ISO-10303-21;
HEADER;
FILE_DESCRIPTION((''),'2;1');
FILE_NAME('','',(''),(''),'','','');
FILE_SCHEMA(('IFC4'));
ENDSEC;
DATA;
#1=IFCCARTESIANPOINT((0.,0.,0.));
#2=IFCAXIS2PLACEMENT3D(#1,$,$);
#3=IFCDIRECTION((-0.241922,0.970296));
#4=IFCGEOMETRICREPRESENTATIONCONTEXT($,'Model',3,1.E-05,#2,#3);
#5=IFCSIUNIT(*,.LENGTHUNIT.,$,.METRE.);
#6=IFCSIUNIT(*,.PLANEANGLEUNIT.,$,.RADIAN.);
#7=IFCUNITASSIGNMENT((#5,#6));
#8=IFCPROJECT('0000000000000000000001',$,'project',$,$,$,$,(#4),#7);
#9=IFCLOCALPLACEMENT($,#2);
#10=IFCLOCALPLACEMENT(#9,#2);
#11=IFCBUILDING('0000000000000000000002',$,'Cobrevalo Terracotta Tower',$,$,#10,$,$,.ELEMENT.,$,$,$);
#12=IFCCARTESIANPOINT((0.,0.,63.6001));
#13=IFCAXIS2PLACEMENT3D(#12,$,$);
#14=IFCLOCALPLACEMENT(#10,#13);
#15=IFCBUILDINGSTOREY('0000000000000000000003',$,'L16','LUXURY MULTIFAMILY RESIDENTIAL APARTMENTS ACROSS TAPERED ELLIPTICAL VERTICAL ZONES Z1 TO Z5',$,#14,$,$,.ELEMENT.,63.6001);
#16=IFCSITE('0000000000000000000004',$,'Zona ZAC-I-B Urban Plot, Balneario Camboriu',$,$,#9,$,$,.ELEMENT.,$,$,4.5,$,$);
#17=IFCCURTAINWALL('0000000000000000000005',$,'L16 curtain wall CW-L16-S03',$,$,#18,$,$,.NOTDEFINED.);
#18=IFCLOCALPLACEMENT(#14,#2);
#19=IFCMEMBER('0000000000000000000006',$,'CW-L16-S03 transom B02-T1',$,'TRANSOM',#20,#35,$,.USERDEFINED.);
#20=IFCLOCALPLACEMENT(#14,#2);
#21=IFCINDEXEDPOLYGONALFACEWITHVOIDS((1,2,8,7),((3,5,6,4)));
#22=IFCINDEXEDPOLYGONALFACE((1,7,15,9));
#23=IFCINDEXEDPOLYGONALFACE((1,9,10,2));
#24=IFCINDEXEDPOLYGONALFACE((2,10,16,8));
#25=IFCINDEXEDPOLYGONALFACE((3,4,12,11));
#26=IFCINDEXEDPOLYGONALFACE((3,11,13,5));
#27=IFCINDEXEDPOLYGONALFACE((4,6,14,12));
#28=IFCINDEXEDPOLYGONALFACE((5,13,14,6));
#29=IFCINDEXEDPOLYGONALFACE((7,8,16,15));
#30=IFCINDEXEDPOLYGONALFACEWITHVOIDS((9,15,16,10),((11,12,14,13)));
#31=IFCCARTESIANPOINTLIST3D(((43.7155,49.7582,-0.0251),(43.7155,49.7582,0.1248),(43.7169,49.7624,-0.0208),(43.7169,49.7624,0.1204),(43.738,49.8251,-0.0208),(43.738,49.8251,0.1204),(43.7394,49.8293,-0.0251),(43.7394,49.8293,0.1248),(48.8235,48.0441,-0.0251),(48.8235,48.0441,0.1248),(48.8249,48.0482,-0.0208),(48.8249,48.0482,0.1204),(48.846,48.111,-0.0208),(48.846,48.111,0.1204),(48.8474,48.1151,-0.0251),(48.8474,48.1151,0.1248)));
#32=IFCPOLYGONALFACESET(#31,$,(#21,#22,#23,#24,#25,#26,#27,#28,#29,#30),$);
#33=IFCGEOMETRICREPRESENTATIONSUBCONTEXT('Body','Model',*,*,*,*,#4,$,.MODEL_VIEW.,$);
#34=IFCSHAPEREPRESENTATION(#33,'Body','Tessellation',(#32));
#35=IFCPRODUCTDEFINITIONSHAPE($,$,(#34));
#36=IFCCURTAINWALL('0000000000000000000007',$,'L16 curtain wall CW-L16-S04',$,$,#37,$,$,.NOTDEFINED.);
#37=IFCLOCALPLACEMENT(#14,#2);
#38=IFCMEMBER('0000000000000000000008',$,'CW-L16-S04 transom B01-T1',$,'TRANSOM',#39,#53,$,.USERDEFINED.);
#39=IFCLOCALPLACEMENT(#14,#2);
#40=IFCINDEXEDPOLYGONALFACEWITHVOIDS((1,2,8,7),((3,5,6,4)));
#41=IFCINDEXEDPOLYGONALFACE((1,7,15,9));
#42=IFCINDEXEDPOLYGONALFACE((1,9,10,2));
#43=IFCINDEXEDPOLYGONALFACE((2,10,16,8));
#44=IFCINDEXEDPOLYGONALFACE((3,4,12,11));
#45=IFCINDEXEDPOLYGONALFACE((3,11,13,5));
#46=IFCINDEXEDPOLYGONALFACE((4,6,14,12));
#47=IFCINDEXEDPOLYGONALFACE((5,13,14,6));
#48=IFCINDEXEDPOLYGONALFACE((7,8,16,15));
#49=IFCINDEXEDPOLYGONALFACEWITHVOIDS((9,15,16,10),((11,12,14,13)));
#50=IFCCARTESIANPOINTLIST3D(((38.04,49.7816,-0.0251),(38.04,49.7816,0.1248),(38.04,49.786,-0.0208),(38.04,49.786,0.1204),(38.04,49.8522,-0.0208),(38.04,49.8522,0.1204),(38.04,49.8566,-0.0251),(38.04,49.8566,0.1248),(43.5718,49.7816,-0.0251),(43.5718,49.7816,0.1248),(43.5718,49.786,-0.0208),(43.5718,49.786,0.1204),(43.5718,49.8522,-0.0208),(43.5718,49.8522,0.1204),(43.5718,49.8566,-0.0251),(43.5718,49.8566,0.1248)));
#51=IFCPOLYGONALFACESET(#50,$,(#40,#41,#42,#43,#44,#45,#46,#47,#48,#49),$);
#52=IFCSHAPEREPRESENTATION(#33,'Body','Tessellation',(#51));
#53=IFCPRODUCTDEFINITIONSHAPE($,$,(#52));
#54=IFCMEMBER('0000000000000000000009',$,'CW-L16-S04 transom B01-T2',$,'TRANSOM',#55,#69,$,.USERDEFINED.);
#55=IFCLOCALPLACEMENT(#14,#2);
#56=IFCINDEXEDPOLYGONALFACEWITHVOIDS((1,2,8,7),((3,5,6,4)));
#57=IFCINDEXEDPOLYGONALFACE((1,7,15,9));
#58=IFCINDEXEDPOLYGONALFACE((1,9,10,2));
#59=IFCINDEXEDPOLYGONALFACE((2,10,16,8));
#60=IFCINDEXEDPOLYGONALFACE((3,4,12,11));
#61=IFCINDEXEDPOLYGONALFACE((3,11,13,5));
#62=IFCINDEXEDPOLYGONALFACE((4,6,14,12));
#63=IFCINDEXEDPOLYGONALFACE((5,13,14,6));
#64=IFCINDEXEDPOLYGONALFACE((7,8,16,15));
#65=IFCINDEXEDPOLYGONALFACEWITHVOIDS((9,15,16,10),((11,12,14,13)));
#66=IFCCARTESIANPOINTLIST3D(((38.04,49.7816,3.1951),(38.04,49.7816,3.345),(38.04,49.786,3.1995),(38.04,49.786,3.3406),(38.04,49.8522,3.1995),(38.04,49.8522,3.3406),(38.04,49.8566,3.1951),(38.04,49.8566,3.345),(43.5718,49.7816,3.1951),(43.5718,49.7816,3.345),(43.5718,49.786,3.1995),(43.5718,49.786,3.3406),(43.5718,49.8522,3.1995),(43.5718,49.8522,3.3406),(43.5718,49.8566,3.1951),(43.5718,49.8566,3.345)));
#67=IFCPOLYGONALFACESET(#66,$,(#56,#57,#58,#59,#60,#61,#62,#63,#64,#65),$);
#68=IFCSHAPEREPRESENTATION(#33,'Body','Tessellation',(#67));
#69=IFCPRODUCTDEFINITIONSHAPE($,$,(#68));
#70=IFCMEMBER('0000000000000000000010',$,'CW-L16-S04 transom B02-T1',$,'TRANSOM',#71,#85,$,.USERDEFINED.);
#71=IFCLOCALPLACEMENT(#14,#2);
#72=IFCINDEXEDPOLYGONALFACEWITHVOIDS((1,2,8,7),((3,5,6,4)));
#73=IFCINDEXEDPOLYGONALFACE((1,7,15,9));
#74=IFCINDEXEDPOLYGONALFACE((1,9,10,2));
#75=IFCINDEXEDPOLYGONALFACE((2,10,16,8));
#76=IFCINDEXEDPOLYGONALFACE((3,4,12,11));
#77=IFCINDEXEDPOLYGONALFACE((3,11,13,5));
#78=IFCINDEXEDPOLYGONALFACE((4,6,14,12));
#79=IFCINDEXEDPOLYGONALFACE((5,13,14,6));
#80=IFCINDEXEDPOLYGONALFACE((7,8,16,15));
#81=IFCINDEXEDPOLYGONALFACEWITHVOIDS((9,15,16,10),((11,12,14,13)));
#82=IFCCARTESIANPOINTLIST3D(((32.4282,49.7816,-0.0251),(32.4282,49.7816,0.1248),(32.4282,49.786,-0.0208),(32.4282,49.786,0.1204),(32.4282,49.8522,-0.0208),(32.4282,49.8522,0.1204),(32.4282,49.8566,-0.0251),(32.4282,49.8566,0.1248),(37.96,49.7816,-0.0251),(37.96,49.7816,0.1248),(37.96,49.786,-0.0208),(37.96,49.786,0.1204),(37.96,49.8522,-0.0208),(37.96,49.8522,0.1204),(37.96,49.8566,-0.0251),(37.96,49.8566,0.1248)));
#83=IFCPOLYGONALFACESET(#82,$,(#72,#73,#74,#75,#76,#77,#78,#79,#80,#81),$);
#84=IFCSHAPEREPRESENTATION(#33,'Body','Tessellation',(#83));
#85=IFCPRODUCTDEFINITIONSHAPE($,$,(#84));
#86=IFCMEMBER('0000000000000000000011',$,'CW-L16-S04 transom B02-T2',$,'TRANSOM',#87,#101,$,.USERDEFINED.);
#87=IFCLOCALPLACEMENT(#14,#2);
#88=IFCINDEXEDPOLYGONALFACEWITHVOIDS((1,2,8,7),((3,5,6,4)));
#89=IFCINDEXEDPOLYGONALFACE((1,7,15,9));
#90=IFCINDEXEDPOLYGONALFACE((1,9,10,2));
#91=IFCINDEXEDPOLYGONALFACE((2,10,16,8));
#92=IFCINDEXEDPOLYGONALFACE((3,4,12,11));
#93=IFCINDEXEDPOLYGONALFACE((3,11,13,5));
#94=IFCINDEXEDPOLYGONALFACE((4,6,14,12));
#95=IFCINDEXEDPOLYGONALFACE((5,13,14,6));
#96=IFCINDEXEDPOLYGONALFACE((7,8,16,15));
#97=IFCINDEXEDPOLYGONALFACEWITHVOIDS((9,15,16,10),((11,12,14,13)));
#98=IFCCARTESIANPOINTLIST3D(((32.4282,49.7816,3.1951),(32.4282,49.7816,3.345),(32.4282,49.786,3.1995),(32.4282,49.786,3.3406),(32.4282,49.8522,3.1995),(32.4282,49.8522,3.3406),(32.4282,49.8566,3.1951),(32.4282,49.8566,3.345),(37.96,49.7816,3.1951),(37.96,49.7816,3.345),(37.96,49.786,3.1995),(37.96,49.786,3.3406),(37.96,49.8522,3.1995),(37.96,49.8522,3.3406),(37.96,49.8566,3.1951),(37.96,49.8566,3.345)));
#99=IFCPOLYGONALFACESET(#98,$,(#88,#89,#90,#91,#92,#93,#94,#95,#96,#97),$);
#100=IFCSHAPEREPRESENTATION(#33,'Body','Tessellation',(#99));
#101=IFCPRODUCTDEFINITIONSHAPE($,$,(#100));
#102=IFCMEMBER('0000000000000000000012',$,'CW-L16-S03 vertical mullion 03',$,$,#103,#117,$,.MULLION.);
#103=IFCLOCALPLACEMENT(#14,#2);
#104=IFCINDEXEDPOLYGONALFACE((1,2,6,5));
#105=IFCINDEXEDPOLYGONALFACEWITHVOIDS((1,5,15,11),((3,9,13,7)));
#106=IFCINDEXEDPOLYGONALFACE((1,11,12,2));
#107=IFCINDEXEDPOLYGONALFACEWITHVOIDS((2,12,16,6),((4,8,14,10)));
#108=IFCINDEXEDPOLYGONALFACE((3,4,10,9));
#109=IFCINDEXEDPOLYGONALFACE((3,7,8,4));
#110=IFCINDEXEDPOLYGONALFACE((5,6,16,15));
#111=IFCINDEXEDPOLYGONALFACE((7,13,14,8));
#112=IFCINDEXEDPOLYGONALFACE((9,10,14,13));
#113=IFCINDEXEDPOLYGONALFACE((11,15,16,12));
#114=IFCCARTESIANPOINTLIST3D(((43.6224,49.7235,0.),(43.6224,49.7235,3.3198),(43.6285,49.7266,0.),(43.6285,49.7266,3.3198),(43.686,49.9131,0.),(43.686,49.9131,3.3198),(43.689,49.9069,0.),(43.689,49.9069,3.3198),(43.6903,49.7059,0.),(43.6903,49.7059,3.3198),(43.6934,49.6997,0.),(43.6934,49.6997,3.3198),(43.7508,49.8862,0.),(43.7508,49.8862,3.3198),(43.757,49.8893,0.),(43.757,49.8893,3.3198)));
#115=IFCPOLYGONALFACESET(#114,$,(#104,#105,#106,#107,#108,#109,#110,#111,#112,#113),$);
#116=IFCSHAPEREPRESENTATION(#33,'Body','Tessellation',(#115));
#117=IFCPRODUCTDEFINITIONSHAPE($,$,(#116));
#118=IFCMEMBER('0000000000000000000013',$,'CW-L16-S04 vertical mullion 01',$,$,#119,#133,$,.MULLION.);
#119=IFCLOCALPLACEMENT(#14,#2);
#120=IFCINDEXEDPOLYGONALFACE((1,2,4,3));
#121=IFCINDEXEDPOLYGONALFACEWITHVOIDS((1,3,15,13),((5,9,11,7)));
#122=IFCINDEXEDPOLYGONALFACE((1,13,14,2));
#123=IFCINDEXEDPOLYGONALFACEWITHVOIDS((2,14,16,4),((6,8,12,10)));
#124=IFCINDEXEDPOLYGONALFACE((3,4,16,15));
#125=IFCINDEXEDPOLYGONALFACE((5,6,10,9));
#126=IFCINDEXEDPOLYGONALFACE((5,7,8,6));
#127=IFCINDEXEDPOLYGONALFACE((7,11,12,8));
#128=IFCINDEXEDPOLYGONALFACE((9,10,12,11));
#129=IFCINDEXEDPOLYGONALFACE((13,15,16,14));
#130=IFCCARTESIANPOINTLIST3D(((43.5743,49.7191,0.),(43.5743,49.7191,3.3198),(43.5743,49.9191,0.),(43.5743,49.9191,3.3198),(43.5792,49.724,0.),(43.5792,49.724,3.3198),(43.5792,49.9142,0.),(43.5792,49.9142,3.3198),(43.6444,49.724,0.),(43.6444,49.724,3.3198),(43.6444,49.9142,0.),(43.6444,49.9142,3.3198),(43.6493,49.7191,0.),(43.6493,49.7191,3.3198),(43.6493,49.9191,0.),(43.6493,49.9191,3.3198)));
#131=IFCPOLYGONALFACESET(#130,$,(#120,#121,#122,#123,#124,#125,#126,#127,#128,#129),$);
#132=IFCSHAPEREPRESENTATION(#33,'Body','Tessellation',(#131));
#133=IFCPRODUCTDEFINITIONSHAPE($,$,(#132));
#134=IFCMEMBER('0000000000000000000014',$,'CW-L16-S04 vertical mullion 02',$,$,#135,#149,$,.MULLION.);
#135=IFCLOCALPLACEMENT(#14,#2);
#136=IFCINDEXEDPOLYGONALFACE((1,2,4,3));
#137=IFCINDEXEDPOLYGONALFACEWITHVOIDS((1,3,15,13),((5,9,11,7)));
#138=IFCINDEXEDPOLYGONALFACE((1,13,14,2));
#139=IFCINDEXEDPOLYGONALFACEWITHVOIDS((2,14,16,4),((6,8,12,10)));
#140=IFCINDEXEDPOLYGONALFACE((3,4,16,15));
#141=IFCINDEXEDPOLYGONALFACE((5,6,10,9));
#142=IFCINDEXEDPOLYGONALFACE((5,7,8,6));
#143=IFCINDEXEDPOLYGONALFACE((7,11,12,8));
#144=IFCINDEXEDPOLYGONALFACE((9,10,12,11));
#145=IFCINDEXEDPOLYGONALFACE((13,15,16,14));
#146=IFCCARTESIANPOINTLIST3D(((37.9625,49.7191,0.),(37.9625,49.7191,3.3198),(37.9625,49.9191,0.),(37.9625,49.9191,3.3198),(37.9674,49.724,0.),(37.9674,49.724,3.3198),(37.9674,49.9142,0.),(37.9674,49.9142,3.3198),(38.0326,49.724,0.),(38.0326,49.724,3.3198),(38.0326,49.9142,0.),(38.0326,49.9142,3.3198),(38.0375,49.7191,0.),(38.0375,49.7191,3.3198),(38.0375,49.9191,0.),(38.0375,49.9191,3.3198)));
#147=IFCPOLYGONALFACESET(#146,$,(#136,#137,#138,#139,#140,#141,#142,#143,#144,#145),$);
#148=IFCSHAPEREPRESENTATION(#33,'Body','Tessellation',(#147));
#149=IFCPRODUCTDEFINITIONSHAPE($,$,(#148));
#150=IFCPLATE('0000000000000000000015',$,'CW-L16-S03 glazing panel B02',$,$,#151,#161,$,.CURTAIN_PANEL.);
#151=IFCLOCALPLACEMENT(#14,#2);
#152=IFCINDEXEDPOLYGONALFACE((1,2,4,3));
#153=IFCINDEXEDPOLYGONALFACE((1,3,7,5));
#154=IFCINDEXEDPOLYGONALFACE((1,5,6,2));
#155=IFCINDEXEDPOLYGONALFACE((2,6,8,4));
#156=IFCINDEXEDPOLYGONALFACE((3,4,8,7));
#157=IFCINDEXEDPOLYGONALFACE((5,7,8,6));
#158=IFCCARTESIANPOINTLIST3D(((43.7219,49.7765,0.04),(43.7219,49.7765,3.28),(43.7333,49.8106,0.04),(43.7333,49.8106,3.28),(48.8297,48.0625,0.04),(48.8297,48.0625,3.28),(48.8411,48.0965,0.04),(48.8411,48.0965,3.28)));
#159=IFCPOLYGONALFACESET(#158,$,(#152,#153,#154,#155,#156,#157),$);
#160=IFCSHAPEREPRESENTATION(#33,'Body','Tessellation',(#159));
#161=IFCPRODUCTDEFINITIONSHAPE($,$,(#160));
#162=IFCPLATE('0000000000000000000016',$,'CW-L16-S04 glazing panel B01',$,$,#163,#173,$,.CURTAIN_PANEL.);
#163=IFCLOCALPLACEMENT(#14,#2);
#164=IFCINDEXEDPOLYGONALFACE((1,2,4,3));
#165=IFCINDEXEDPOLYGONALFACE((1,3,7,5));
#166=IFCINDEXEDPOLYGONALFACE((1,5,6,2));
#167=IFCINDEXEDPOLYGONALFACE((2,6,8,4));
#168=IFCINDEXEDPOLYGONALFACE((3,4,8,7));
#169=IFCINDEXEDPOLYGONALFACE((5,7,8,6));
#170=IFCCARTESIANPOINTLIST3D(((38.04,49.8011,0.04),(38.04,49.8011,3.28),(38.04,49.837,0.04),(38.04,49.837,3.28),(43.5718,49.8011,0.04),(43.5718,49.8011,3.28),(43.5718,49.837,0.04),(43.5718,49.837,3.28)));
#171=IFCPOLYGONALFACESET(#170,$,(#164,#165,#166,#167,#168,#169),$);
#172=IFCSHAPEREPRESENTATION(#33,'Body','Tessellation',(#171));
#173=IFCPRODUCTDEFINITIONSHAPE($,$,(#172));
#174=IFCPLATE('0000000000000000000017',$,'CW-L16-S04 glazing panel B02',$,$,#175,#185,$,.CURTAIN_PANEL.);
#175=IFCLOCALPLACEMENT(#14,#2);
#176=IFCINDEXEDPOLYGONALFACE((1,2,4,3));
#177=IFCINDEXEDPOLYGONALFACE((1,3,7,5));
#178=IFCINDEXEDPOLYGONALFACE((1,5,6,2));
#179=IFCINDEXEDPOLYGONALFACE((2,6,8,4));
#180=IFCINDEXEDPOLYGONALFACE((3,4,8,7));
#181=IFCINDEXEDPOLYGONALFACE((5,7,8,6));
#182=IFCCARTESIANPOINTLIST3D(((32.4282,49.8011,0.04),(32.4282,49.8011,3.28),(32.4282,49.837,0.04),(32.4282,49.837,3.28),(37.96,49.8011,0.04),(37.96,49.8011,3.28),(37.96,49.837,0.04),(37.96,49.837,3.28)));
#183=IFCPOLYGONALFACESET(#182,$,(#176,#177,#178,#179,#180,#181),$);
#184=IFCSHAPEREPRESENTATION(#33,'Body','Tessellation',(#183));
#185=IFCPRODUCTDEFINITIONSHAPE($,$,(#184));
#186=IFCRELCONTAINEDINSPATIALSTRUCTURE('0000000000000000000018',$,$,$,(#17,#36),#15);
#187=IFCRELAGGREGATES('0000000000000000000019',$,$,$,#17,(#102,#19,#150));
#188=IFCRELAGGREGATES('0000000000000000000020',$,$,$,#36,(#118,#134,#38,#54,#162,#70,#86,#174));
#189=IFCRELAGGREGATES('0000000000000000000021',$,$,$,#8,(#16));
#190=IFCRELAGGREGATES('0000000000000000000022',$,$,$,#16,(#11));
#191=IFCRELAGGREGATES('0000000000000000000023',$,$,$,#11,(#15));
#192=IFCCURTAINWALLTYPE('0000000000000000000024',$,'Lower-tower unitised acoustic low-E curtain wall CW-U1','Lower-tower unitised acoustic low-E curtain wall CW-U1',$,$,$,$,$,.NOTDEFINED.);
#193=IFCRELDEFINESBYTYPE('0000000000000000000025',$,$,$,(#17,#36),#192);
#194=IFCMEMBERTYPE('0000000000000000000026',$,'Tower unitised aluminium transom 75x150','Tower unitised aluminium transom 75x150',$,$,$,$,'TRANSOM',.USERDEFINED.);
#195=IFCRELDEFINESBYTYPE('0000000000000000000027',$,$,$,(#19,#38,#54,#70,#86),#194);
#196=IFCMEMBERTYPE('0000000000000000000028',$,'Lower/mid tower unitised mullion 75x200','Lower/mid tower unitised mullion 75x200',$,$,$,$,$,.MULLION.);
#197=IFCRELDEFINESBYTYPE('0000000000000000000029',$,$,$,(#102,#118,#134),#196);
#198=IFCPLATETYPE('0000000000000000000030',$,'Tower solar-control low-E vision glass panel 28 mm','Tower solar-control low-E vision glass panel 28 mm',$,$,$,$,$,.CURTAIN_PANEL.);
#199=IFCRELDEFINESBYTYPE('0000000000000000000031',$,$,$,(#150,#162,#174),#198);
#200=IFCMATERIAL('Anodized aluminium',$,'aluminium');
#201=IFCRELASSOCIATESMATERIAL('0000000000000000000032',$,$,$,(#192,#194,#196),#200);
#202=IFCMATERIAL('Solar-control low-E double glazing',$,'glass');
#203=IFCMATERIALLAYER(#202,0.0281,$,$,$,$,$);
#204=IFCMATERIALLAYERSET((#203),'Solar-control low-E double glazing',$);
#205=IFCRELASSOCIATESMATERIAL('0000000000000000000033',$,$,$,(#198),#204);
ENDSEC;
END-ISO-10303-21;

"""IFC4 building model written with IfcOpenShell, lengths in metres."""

from ifc_helpers import new_model, si_unit, direction, frame, origin, origin_2d, place, context, subcontext, project, spatial, rectangle, hollow_rectangle, extrude, source, transform, mapped, material, layer, layer_set, material_profile, profile_set, type_object, element, aggregate, save


model = new_model("IFC4")

# Units and contexts
model_context = context("Model", 3, precision=1e-05, world=origin(), true_north=direction((-0.241922, 0.970296)))
body_context = subcontext(model_context, "Body", "Model", "MODEL_VIEW")
ifc_project = project(units=[si_unit("LENGTHUNIT", "METRE"), si_unit("PLANEANGLEUNIT", "RADIAN")], contexts=[model_context])

# Site, building, storey
site_placement = place(None, origin())
site = spatial("IfcSite", under=ifc_project, at=site_placement, Name="Zona ZAC-I-B Urban Plot, Balneario Camboriu", CompositionType="ELEMENT", RefElevation=4.5)
building_placement = place(site_placement, origin())
building = spatial("IfcBuilding", under=site, at=building_placement, Name="Cobrevalo Terracotta Tower", CompositionType="ELEMENT")
storey_placement = place(building_placement, frame((0.0, 0.0, 63.6001)))
storey = spatial("IfcBuildingStorey", under=building, at=storey_placement, Name="L16", Description="LUXURY MULTIFAMILY RESIDENTIAL APARTMENTS ACROSS TAPERED ELLIPTICAL VERTICAL ZONES Z1 TO Z5", CompositionType="ELEMENT", Elevation=63.6001)

# Curtain wall, member
ifc_material_1 = material(Name="Anodized aluminium", Category="aluminium")
curtain_wall_type = type_object("IfcCurtainWallType", Name="Lower-tower unitised acoustic low-E curtain wall CW-U1", Description="Lower-tower unitised acoustic low-E curtain wall CW-U1", PredefinedType="NOTDEFINED", material=ifc_material_1)
curtain_wall_1_placement = place(storey_placement, origin())
curtain_wall_1 = element("IfcCurtainWall", 1, at=curtain_wall_1_placement, inside=storey, type_object=curtain_wall_type, Name="L16 curtain wall CW-L16-S03", PredefinedType="NOTDEFINED")
ifc_material_profile_1 = material_profile(ifc_material_1, hollow_rectangle(XDim=0.075, YDim=0.1499, WallThickness=0.0044, at=origin_2d()), Name="CWT 75x150")
ifc_profile_set_1 = profile_set([ifc_material_profile_1], Name="Anodized aluminium")
member_type_1 = type_object("IfcMemberType", Name="Tower unitised aluminium transom 75x150", Description="Tower unitised aluminium transom 75x150", ElementType="TRANSOM", PredefinedType="USERDEFINED", material=ifc_profile_set_1)
shared_shape_1 = source(origin(), body_context, "Body", "SweptSolid", [
    extrude(hollow_rectangle(XDim=0.075, YDim=0.1499, WallThickness=0.0044, at=origin_2d()), origin(), (0.0, 0.0, 1.0), 5.3879),
])
member_1_placement = place(storey_placement, frame((48.8354, 48.0796, 0.0498), z_axis=(-0.948042, 0.318144, 0.0), x_axis=(-0.318144, -0.948042, 0.0)))
member_1 = element("IfcMember", 2, at=member_1_placement, type_object=member_type_1, Name="CW-L16-S03 transom B02-T1", ObjectType="TRANSOM", PredefinedType="USERDEFINED", context=body_context, shape_type="MappedRepresentation", body=[
    mapped(shared_shape_1, transform((0.0, 0.0, 0.0), scale=1.0)),
])

# Curtain wall, members
curtain_wall_2_placement = place(storey_placement, origin())
curtain_wall_2 = element("IfcCurtainWall", 3, at=curtain_wall_2_placement, inside=storey, type_object=curtain_wall_type, Name="L16 curtain wall CW-L16-S04", PredefinedType="NOTDEFINED")
shared_shape_2 = source(origin(), body_context, "Body", "SweptSolid", [
    extrude(hollow_rectangle(XDim=0.075, YDim=0.1499, WallThickness=0.0044, at=origin_2d()), origin(), (0.0, 0.0, 1.0), 5.5317),
])
member_2_placement = place(storey_placement, frame((43.5718, 49.8191, 0.0498), z_axis=(-1.0, 0.0, 0.0), x_axis=(0.0, -1.0, 0.0)))
member_2 = element("IfcMember", 4, at=member_2_placement, type_object=member_type_1, Name="CW-L16-S04 transom B01-T1", ObjectType="TRANSOM", PredefinedType="USERDEFINED", context=body_context, shape_type="MappedRepresentation", body=[
    mapped(shared_shape_2, transform((0.0, 0.0, 0.0), scale=1.0)),
])
member_3_placement = place(storey_placement, frame((43.5718, 49.8191, 3.27), z_axis=(-1.0, 0.0, 0.0), x_axis=(0.0, -1.0, 0.0)))
member_3 = element("IfcMember", 5, at=member_3_placement, type_object=member_type_1, Name="CW-L16-S04 transom B01-T2", ObjectType="TRANSOM", PredefinedType="USERDEFINED", context=body_context, shape_type="MappedRepresentation", body=[
    mapped(shared_shape_2, transform((0.0, 0.0, 0.0), scale=1.0)),
])
member_4_placement = place(storey_placement, frame((37.96, 49.8191, 0.0498), z_axis=(-1.0, 0.0, 0.0), x_axis=(0.0, -1.0, 0.0)))
member_4 = element("IfcMember", 6, at=member_4_placement, type_object=member_type_1, Name="CW-L16-S04 transom B02-T1", ObjectType="TRANSOM", PredefinedType="USERDEFINED", context=body_context, shape_type="MappedRepresentation", body=[
    mapped(shared_shape_2, transform((0.0, 0.0, 0.0), scale=1.0)),
])
member_5_placement = place(storey_placement, frame((37.96, 49.8191, 3.27), z_axis=(-1.0, 0.0, 0.0), x_axis=(0.0, -1.0, 0.0)))
member_5 = element("IfcMember", 7, at=member_5_placement, type_object=member_type_1, Name="CW-L16-S04 transom B02-T2", ObjectType="TRANSOM", PredefinedType="USERDEFINED", context=body_context, shape_type="MappedRepresentation", body=[
    mapped(shared_shape_2, transform((0.0, 0.0, 0.0), scale=1.0)),
])

# Members
ifc_material_profile_2 = material_profile(ifc_material_1, hollow_rectangle(XDim=0.075, YDim=0.2, WallThickness=0.0049, at=origin_2d()), Name="CWM 75x200")
ifc_profile_set_2 = profile_set([ifc_material_profile_2], Name="Anodized aluminium")
member_type_2 = type_object("IfcMemberType", Name="Lower/mid tower unitised mullion 75x200", Description="Lower/mid tower unitised mullion 75x200", PredefinedType="MULLION", material=ifc_profile_set_2)
shared_shape_3 = source(origin(), body_context, "Body", "SweptSolid", [
    extrude(hollow_rectangle(XDim=0.075, YDim=0.2, WallThickness=0.0049, at=origin_2d()), origin(), (0.0, 0.0, 1.0), 3.3198),
])
member_6_placement = place(storey_placement, frame((43.6897, 49.8064, 0.0), z_axis=(0.0, 0.0, 1.0), x_axis=(-0.948046, 0.318132, 0.0)))
member_6 = element("IfcMember", 8, at=member_6_placement, type_object=member_type_2, Name="CW-L16-S03 vertical mullion 03", PredefinedType="MULLION", context=body_context, shape_type="MappedRepresentation", body=[
    mapped(shared_shape_3, transform((0.0, 0.0, 0.0), scale=1.0)),
])
member_7_placement = place(storey_placement, frame((43.6118, 49.8191, 0.0), z_axis=(0.0, 0.0, 1.0), x_axis=(-1.0, 0.0, 0.0)))
member_7 = element("IfcMember", 9, at=member_7_placement, type_object=member_type_2, Name="CW-L16-S04 vertical mullion 01", PredefinedType="MULLION", context=body_context, shape_type="MappedRepresentation", body=[
    mapped(shared_shape_3, transform((0.0, 0.0, 0.0), scale=1.0)),
])
member_8_placement = place(storey_placement, frame((38.0, 49.8191, 0.0), z_axis=(0.0, 0.0, 1.0), x_axis=(-1.0, 0.0, 0.0)))
member_8 = element("IfcMember", 10, at=member_8_placement, type_object=member_type_2, Name="CW-L16-S04 vertical mullion 02", PredefinedType="MULLION", context=body_context, shape_type="MappedRepresentation", body=[
    mapped(shared_shape_3, transform((0.0, 0.0, 0.0), scale=1.0)),
])

# Plates
ifc_material_2 = material(Name="Solar-control low-E double glazing", Category="glass")
ifc_layer_1 = layer(ifc_material_2, 0.0281)
ifc_layer_set_1 = layer_set([ifc_layer_1], Name="Solar-control low-E double glazing")
plate_type = type_object("IfcPlateType", Name="Tower solar-control low-E vision glass panel 28 mm", Description="Tower solar-control low-E vision glass panel 28 mm", PredefinedType="CURTAIN_PANEL", material=ifc_layer_set_1)
shared_shape_4 = source(origin(), body_context, "Body", "SweptSolid", [
    extrude(rectangle(XDim=5.3877, YDim=0.0359, at=origin_2d()), origin(), (0.0, 0.0, 1.0), 3.24),
])
plate_1_placement = place(storey_placement, frame((46.2815, 48.9365, 0.04), z_axis=(0.0, 0.0, 1.0), x_axis=(-0.948044, 0.318139, 0.0)))
plate_1 = element("IfcPlate", 11, at=plate_1_placement, type_object=plate_type, Name="CW-L16-S03 glazing panel B02", PredefinedType="CURTAIN_PANEL", context=body_context, shape_type="MappedRepresentation", body=[
    mapped(shared_shape_4, transform((0.0, 0.0, 0.0), scale=1.0)),
])
aggregate(curtain_wall_1, [member_6, member_1, plate_1])
shared_shape_5 = source(origin(), body_context, "Body", "SweptSolid", [
    extrude(rectangle(XDim=5.5317, YDim=0.0359, at=origin_2d()), origin(), (0.0, 0.0, 1.0), 3.24),
])
plate_2_placement = place(storey_placement, frame((40.8059, 49.8191, 0.04), z_axis=(0.0, 0.0, 1.0), x_axis=(-1.0, 0.0, 0.0)))
plate_2 = element("IfcPlate", 12, at=plate_2_placement, type_object=plate_type, Name="CW-L16-S04 glazing panel B01", PredefinedType="CURTAIN_PANEL", context=body_context, shape_type="MappedRepresentation", body=[
    mapped(shared_shape_5, transform((0.0, 0.0, 0.0), scale=1.0)),
])
plate_3_placement = place(storey_placement, frame((35.1941, 49.8191, 0.04), z_axis=(0.0, 0.0, 1.0), x_axis=(-1.0, 0.0, 0.0)))
plate_3 = element("IfcPlate", 13, at=plate_3_placement, type_object=plate_type, Name="CW-L16-S04 glazing panel B02", PredefinedType="CURTAIN_PANEL", context=body_context, shape_type="MappedRepresentation", body=[
    mapped(shared_shape_5, transform((0.0, 0.0, 0.0), scale=1.0)),
])
aggregate(curtain_wall_2, [member_7, member_8, member_2, member_3, plate_2, member_4, member_5, plate_3])

save(model, "model.ifc")
